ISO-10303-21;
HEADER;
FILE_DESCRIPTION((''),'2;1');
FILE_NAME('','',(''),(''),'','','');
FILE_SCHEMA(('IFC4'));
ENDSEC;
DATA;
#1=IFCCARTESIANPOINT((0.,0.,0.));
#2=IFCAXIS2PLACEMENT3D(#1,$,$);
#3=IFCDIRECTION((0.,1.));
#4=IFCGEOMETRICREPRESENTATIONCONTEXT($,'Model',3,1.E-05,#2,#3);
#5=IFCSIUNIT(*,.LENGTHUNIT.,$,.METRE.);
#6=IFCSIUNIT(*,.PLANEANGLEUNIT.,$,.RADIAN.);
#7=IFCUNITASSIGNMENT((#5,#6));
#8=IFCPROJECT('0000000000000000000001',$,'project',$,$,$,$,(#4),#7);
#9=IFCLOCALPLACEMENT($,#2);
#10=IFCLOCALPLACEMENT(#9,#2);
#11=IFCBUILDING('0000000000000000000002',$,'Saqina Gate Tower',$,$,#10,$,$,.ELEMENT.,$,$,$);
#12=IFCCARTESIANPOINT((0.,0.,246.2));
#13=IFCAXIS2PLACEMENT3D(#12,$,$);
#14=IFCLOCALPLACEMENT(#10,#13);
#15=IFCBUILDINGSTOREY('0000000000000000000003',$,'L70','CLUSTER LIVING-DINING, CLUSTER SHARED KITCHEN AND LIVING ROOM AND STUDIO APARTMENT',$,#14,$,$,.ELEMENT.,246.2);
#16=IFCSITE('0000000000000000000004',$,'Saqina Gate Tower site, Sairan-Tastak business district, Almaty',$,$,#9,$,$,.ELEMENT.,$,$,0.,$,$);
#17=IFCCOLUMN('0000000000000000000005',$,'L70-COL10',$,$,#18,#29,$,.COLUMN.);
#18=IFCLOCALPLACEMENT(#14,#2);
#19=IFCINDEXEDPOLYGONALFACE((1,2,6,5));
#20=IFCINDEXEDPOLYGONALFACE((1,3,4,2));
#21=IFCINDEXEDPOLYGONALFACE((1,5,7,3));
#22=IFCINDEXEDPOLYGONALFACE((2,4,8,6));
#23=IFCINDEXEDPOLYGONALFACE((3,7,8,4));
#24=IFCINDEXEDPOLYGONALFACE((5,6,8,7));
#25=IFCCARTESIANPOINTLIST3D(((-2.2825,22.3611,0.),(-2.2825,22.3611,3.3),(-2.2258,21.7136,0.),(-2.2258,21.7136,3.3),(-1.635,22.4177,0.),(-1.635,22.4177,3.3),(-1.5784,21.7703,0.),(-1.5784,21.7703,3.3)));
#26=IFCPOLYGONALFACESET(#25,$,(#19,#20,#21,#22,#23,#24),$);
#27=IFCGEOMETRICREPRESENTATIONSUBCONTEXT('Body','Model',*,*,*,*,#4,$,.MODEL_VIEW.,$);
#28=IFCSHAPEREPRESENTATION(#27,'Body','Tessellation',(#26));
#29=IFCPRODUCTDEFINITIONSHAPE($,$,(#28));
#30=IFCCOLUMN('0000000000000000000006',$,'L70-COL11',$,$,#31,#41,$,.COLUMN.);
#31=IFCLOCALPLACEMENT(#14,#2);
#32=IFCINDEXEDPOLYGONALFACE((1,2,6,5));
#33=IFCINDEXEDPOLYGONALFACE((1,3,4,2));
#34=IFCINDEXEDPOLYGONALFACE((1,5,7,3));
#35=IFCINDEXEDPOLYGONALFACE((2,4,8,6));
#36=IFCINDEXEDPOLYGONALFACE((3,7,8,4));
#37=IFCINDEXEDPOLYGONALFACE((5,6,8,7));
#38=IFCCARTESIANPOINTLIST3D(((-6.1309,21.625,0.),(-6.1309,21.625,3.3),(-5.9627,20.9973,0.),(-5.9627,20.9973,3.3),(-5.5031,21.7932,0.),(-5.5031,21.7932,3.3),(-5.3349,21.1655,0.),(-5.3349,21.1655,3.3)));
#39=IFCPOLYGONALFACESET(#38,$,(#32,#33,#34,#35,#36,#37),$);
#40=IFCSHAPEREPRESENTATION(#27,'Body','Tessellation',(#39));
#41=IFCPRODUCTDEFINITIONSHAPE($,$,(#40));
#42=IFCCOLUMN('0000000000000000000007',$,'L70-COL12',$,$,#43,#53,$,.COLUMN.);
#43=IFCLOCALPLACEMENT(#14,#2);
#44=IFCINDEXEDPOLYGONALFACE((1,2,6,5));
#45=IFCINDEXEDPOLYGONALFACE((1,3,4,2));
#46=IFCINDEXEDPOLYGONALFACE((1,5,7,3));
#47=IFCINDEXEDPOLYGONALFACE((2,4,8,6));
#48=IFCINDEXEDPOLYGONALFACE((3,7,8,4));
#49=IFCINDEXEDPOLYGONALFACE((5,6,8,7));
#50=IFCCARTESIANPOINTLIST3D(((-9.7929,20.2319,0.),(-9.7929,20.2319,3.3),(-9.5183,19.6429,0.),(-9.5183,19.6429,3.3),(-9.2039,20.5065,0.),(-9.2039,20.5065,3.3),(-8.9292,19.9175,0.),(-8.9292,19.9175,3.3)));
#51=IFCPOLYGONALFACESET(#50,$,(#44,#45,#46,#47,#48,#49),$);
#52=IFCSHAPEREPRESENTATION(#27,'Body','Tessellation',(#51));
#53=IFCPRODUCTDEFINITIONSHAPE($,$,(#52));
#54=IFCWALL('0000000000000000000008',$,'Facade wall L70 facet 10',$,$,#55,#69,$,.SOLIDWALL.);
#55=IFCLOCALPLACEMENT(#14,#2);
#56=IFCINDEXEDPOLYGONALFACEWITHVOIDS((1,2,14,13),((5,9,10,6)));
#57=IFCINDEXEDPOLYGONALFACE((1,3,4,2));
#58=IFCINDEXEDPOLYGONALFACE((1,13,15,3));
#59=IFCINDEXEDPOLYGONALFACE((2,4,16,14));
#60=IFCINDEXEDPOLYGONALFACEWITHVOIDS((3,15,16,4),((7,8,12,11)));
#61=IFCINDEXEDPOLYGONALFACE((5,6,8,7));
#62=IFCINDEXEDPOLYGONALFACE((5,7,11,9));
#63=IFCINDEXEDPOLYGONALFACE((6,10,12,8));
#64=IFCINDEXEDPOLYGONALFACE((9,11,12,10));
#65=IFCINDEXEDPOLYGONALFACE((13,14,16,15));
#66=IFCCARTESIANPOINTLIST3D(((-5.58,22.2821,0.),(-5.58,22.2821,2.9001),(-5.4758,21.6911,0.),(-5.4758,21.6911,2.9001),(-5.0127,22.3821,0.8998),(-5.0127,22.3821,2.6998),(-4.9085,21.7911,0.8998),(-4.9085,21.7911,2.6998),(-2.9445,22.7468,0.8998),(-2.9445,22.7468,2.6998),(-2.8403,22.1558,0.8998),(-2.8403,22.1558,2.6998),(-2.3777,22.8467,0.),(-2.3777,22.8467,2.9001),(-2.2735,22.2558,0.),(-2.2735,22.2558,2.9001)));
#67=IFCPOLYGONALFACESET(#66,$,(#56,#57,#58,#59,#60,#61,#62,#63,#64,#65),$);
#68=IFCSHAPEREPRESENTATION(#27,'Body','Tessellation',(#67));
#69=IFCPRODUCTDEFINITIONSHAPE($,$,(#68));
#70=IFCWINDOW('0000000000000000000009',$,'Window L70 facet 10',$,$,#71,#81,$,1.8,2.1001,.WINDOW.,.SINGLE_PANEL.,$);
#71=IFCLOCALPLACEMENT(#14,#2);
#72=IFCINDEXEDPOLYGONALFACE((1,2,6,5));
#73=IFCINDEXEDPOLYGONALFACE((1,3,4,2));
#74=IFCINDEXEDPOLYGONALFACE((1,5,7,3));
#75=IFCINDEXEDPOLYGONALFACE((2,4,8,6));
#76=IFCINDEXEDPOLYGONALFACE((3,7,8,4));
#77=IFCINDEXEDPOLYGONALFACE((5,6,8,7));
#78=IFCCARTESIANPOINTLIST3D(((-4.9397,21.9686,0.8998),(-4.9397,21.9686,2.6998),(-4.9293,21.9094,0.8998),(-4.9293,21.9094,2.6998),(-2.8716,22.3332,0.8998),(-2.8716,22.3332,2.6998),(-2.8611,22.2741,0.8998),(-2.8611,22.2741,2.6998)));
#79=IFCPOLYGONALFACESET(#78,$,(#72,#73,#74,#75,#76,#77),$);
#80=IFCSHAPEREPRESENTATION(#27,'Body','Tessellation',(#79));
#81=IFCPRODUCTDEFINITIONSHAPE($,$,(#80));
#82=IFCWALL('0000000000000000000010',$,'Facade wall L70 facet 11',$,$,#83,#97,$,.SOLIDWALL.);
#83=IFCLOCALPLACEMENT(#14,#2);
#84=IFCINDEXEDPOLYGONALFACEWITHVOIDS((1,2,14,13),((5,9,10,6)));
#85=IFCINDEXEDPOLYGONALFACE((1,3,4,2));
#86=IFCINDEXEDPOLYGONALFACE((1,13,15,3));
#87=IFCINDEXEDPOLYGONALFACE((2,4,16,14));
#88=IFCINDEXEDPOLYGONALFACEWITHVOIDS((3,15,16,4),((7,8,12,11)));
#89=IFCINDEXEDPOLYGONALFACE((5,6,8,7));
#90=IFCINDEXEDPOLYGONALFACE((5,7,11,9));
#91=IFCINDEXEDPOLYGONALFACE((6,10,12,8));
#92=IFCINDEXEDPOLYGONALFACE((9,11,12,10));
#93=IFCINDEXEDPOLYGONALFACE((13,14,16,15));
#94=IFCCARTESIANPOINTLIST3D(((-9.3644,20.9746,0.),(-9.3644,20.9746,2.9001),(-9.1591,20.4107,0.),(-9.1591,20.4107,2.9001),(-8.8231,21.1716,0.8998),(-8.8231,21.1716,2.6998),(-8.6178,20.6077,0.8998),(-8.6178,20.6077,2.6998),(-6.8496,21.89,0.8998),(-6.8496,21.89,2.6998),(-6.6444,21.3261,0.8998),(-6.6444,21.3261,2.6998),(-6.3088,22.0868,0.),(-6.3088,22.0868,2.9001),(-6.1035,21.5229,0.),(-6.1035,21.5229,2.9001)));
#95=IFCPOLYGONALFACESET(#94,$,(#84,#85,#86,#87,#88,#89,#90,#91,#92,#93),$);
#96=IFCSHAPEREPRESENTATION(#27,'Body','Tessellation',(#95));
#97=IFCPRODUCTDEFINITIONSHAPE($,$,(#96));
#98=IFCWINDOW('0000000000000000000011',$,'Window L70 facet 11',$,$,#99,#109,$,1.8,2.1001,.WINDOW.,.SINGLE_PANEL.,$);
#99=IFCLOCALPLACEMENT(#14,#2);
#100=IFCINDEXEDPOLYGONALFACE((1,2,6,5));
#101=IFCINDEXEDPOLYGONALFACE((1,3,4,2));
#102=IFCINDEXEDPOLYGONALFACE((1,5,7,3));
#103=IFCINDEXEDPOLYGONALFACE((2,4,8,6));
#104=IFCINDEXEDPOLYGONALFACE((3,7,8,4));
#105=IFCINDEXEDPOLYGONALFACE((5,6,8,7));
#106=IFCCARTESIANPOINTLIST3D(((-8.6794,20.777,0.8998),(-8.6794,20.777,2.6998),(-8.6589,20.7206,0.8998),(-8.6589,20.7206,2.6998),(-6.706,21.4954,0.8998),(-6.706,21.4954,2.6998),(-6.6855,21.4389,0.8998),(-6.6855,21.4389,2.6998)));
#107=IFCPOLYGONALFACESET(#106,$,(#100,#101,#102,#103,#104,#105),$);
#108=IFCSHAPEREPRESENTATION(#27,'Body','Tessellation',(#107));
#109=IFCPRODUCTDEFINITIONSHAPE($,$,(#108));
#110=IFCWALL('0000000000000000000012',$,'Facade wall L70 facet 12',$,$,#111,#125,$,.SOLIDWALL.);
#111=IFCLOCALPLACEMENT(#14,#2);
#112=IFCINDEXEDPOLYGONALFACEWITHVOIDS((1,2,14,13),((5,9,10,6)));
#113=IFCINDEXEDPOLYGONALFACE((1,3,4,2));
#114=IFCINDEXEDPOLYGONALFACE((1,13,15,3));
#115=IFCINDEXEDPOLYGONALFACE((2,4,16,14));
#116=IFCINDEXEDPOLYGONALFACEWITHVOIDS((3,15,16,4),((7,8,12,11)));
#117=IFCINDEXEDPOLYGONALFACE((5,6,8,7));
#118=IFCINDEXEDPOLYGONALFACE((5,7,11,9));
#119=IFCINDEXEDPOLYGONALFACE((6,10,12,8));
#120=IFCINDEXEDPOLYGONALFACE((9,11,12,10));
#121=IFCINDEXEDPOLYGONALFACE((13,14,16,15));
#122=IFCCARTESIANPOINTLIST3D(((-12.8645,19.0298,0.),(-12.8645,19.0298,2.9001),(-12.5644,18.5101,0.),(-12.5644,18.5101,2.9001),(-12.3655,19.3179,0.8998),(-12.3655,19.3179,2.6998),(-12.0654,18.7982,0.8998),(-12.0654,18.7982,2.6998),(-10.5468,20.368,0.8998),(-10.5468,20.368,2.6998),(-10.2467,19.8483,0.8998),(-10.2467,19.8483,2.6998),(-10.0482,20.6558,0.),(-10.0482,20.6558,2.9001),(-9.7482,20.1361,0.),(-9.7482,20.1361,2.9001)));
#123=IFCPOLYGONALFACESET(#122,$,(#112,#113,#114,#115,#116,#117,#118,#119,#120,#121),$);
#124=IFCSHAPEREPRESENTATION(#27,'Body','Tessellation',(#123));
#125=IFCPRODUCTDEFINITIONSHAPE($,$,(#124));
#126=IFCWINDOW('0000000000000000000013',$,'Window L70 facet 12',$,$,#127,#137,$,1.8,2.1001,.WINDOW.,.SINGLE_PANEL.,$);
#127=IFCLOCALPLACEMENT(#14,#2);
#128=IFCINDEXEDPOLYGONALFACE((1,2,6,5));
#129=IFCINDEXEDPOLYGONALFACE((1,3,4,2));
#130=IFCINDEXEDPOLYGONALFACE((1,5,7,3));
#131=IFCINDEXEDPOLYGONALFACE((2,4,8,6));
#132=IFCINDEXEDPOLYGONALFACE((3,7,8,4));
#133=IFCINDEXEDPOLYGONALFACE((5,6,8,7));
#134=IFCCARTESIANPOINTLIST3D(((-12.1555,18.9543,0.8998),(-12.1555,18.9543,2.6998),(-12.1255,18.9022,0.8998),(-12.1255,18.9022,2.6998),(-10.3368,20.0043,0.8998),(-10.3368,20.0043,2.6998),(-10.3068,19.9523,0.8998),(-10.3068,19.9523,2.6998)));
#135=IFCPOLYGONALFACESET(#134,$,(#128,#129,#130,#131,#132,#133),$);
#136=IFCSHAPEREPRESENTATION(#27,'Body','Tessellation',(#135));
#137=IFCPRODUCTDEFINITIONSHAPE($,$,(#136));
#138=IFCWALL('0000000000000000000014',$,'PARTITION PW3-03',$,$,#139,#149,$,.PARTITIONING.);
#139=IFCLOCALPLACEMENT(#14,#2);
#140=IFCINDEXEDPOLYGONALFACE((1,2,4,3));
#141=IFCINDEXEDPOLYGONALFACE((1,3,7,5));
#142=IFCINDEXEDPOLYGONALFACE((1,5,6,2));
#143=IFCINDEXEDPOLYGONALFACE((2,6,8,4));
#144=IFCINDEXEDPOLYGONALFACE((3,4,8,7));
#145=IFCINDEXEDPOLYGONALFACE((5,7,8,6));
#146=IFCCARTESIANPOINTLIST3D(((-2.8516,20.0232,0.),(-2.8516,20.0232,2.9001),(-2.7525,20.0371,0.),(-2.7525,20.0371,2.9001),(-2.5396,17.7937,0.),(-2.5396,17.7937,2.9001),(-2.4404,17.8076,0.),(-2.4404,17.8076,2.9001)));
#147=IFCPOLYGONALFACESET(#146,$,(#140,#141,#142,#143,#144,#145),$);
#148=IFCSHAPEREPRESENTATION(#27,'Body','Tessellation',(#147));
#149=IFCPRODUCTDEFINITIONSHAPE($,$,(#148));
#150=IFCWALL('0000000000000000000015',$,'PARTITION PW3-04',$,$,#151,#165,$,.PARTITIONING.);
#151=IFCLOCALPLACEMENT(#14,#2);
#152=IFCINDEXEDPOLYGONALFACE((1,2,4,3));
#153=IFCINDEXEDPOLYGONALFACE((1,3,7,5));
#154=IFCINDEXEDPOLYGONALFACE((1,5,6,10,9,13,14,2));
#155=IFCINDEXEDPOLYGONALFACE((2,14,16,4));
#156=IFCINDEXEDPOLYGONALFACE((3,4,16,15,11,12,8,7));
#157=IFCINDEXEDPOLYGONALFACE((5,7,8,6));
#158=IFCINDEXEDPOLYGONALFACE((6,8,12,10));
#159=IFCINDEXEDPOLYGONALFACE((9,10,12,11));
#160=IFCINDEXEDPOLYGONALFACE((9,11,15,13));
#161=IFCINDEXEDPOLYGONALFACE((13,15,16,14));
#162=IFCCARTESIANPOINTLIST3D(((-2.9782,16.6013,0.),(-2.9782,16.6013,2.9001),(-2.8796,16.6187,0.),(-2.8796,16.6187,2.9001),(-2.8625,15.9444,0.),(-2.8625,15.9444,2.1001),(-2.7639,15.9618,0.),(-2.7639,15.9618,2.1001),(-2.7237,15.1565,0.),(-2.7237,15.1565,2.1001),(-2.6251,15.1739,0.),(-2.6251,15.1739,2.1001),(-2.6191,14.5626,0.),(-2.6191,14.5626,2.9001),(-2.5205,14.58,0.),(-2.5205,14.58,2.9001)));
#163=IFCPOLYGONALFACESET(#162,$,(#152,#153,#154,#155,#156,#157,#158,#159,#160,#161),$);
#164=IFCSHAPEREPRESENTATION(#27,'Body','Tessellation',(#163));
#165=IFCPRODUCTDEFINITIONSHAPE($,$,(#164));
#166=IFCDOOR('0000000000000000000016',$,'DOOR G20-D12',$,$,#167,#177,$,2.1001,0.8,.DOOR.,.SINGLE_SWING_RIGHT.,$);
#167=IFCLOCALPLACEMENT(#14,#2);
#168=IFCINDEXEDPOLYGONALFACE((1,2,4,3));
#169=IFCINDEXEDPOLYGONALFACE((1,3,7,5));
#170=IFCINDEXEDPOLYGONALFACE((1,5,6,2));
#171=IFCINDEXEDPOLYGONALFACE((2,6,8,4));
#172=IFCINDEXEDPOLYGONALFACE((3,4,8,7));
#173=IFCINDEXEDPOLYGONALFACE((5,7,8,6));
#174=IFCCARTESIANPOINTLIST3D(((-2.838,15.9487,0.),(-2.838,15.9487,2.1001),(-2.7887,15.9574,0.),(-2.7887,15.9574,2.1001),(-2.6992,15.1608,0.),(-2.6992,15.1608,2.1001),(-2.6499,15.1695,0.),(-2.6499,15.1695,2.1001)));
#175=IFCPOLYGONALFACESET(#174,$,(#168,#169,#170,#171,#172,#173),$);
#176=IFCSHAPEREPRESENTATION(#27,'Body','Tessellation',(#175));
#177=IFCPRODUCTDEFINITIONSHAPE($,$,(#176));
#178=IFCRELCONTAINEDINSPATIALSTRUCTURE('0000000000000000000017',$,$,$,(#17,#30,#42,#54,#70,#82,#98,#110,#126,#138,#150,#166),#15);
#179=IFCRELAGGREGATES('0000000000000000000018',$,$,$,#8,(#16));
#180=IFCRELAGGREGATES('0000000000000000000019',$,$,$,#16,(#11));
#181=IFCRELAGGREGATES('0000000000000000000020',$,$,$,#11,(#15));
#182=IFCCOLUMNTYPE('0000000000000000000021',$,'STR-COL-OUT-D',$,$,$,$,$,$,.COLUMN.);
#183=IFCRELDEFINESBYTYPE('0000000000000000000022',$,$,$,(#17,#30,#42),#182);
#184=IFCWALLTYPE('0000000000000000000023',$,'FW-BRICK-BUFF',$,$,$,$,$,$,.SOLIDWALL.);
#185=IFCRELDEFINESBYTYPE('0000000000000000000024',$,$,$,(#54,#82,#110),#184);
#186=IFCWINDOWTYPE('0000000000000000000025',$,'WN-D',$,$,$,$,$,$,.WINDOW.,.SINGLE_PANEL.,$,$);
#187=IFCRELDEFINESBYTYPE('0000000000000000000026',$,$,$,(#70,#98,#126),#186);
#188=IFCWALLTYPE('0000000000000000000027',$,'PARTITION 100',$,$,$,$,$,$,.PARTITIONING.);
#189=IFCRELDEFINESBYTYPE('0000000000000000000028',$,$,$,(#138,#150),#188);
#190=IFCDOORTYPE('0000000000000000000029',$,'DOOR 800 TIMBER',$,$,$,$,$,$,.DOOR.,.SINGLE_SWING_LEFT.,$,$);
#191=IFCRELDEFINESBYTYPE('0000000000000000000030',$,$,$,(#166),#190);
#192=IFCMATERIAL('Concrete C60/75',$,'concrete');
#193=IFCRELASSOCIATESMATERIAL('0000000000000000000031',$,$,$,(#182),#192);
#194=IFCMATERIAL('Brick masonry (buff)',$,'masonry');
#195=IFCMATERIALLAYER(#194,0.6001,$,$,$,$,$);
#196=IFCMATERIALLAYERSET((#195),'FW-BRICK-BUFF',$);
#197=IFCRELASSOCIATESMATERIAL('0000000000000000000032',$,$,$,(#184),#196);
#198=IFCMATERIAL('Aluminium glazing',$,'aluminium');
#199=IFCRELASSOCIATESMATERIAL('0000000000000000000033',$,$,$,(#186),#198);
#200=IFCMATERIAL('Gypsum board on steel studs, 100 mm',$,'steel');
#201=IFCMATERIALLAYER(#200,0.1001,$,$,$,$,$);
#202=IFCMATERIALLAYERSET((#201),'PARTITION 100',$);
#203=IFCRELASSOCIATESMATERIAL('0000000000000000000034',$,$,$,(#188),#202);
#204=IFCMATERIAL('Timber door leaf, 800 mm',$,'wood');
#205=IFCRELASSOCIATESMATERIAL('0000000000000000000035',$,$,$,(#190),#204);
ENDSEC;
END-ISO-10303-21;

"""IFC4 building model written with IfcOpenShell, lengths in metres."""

from ifc_helpers import new_model, si_unit, direction, frame, frame_2d, origin, origin_2d, place, context, subcontext, project, spatial, rectangle, extrude, material, layer, layer_set, material_profile, profile_set, type_object, element, fill, save


model = new_model("IFC4")

# Units and contexts
model_context = context("Model", 3, precision=1e-05, world=origin(), true_north=direction((0.0, 1.0)))
body_context = subcontext(model_context, "Body", "Model", "MODEL_VIEW")
ifc_project = project(units=[si_unit("LENGTHUNIT", "METRE"), si_unit("PLANEANGLEUNIT", "RADIAN")], contexts=[model_context])

# Site, building, storey
site_placement = place(None, origin())
site = spatial("IfcSite", under=ifc_project, at=site_placement, Name="Saqina Gate Tower site, Sairan-Tastak business district, Almaty", CompositionType="ELEMENT", RefElevation=0.0)
building_placement = place(site_placement, origin())
building = spatial("IfcBuilding", under=site, at=building_placement, Name="Saqina Gate Tower", CompositionType="ELEMENT")
storey_placement = place(building_placement, frame((0.0, 0.0, 246.2)))
storey = spatial("IfcBuildingStorey", under=building, at=storey_placement, Name="L70", Description="CLUSTER LIVING-DINING, CLUSTER SHARED KITCHEN AND LIVING ROOM AND STUDIO APARTMENT", CompositionType="ELEMENT", Elevation=246.2)

# Columns
ifc_material_1 = material(Name="Concrete C60/75", Category="concrete")
ifc_material_profile = material_profile(ifc_material_1, rectangle(XDim=0.6499, YDim=0.6499, at=origin_2d()), Name="RC 650x650")
ifc_profile_set = profile_set([ifc_material_profile], Name="Concrete C60/75")
column_type = type_object("IfcColumnType", Name="STR-COL-OUT-D", PredefinedType="COLUMN", material=ifc_profile_set)
for number, where, z_axis, x_axis, name in (
    (1, (-1.9304, 22.0657, 0.0), (0.0, 0.0, 1.0), (-0.087156, 0.996195, 0.0), "L70-COL10"),
    (2, (-5.7329, 21.3953, 0.0), (0.0, 0.0, 1.0), (-0.258819, 0.965926, 0.0), "L70-COL11"),
    (3, (-9.3611, 20.0747, 0.0), (0.0, 0.0, 1.0), (-0.422618, 0.906308, 0.0), "L70-COL12"),
):
    element("IfcColumn", number, at=place(storey_placement, frame(where, z_axis=z_axis, x_axis=x_axis)), inside=storey, type_object=column_type, Name=name, PredefinedType="COLUMN", context=body_context, shape_type="SweptSolid", body=[
        extrude(rectangle(XDim=0.6499, YDim=0.6499, at=origin_2d()), origin(), (0.0, 0.0, 1.0), 3.3),
    ])

# Walls, openings, windows
ifc_material_2 = material(Name="Brick masonry (buff)", Category="masonry")
ifc_layer_1 = layer(ifc_material_2, 0.6001)
ifc_layer_set_1 = layer_set([ifc_layer_1], Name="FW-BRICK-BUFF")
wall_type_1 = type_object("IfcWallType", Name="FW-BRICK-BUFF", PredefinedType="SOLIDWALL", material=ifc_layer_set_1)
wall_1_placement = place(storey_placement, frame((-2.3254, 22.5513, 0.0), z_axis=(0.0, 0.0, 1.0), x_axis=(-0.984806, -0.173657, 0.0)))
wall_1 = element("IfcWall", 4, at=wall_1_placement, inside=storey, type_object=wall_type_1, Name="Facade wall L70 facet 10", PredefinedType="SOLIDWALL", context=body_context, shape_type="SweptSolid", body=[
    extrude(rectangle(XDim=3.2517, YDim=0.6001, at=frame_2d((1.626, 0.0))), origin(), (0.0, 0.0, 1.0), 2.9001),
])
opening_1_placement = place(wall_1_placement, frame((0.5757, 0.0, 0.8999)))
opening_1 = element("IfcOpeningElement", 5, at=opening_1_placement, cuts=wall_1, PredefinedType="OPENING", context=body_context, shape_type="SweptSolid", body=[
    extrude(rectangle(XDim=2.1001, YDim=1.8, at=frame_2d((1.05, 0.8999))), frame((0.0, 0.312, 0.0), z_axis=(0.0, -1.0, 0.0), x_axis=(1.0, 0.0, 0.0)), (0.0, 0.0, 1.0), 0.624),
])
ifc_material_3 = material(Name="Aluminium glazing", Category="aluminium")
window_type = type_object("IfcWindowType", Name="WN-D", PartitioningType="SINGLE_PANEL", PredefinedType="WINDOW", material=ifc_material_3)
window_1_placement = place(opening_1_placement, origin())
window_1 = element("IfcWindow", 6, at=window_1_placement, inside=storey, type_object=window_type, Name="Window L70 facet 10", OverallHeight=1.8, OverallWidth=2.1001, PartitioningType="SINGLE_PANEL", PredefinedType="WINDOW", context=body_context, shape_type="SweptSolid", body=[
    extrude(rectangle(XDim=2.1001, YDim=1.8, at=frame_2d((1.05, 0.8999))), frame((0.0, 0.1799, 0.0), z_axis=(0.0, -1.0, 0.0), x_axis=(1.0, 0.0, 0.0)), (0.0, 0.0, 1.0), 0.0601),
])
fill(opening_1, window_1)
wall_2_placement = place(storey_placement, frame((-6.2061, 21.8049, 0.0), z_axis=(0.0, 0.0, 1.0), x_axis=(-0.939679, -0.342057, 0.0)))
wall_2 = element("IfcWall", 7, at=wall_2_placement, inside=storey, type_object=wall_type_1, Name="Facade wall L70 facet 11", PredefinedType="SOLIDWALL", context=body_context, shape_type="SweptSolid", body=[
    extrude(rectangle(XDim=3.2517, YDim=0.6001, at=frame_2d((1.626, 0.0))), origin(), (0.0, 0.0, 1.0), 2.9001),
])
opening_2_placement = place(wall_2_placement, frame((0.5757, 0.0, 0.8999)))
opening_2 = element("IfcOpeningElement", 8, at=opening_2_placement, cuts=wall_2, PredefinedType="OPENING", context=body_context, shape_type="SweptSolid", body=[
    extrude(rectangle(XDim=2.1001, YDim=1.8, at=frame_2d((1.05, 0.8999))), frame((0.0, 0.312, 0.0), z_axis=(0.0, -1.0, 0.0), x_axis=(1.0, 0.0, 0.0)), (0.0, 0.0, 1.0), 0.624),
])
window_2_placement = place(opening_2_placement, origin())
window_2 = element("IfcWindow", 9, at=window_2_placement, inside=storey, type_object=window_type, Name="Window L70 facet 11", OverallHeight=1.8, OverallWidth=2.1001, PartitioningType="SINGLE_PANEL", PredefinedType="WINDOW", context=body_context, shape_type="SweptSolid", body=[
    extrude(rectangle(XDim=2.1001, YDim=1.8, at=frame_2d((1.05, 0.8999))), frame((0.0, 0.1799, 0.0), z_axis=(0.0, -1.0, 0.0), x_axis=(1.0, 0.0, 0.0)), (0.0, 0.0, 1.0), 0.0601),
])
fill(opening_2, window_2)
wall_3_placement = place(storey_placement, frame((-9.8982, 20.396, 0.0), z_axis=(0.0, 0.0, 1.0), x_axis=(-0.866017, -0.500015, 0.0)))
wall_3 = element("IfcWall", 10, at=wall_3_placement, inside=storey, type_object=wall_type_1, Name="Facade wall L70 facet 12", PredefinedType="SOLIDWALL", context=body_context, shape_type="SweptSolid", body=[
    extrude(rectangle(XDim=3.252, YDim=0.6001, at=frame_2d((1.626, 0.0))), origin(), (0.0, 0.0, 1.0), 2.9001),
])
opening_3_placement = place(wall_3_placement, frame((0.5757, 0.0, 0.8999)))
opening_3 = element("IfcOpeningElement", 11, at=opening_3_placement, cuts=wall_3, PredefinedType="OPENING", context=body_context, shape_type="SweptSolid", body=[
    extrude(rectangle(XDim=2.1001, YDim=1.8, at=frame_2d((1.05, 0.8999))), frame((0.0, 0.312, 0.0), z_axis=(0.0, -1.0, 0.0), x_axis=(1.0, 0.0, 0.0)), (0.0, 0.0, 1.0), 0.624),
])
window_3_placement = place(opening_3_placement, origin())
window_3 = element("IfcWindow", 12, at=window_3_placement, inside=storey, type_object=window_type, Name="Window L70 facet 12", OverallHeight=1.8, OverallWidth=2.1001, PartitioningType="SINGLE_PANEL", PredefinedType="WINDOW", context=body_context, shape_type="SweptSolid", body=[
    extrude(rectangle(XDim=2.1001, YDim=1.8, at=frame_2d((1.05, 0.8999))), frame((0.0, 0.1799, 0.0), z_axis=(0.0, -1.0, 0.0), x_axis=(1.0, 0.0, 0.0)), (0.0, 0.0, 1.0), 0.0601),
])
fill(opening_3, window_3)

# Wall
ifc_material_4 = material(Name="Gypsum board on steel studs, 100 mm", Category="steel")
ifc_layer_2 = layer(ifc_material_4, 0.1001)
ifc_layer_set_2 = layer_set([ifc_layer_2], Name="PARTITION 100")
wall_type_2 = type_object("IfcWallType", Name="PARTITION 100", PredefinedType="PARTITIONING", material=ifc_layer_set_2)
wall_4_placement = place(storey_placement, frame((-2.802, 20.03, 0.0), z_axis=(0.0, 0.0, 1.0), x_axis=(0.138597, -0.990349, 0.0)))
element("IfcWall", 13, at=wall_4_placement, inside=storey, type_object=wall_type_2, Name="PARTITION PW3-03", PredefinedType="PARTITIONING", context=body_context, shape_type="SweptSolid", body=[
    extrude(rectangle(XDim=2.2512, YDim=0.1001, at=frame_2d((1.1255, 0.0))), origin(), (0.0, 0.0, 1.0), 2.9001),
])

# Wall, opening, door
wall_5_placement = place(storey_placement, frame((-2.929, 16.6101, 0.0), z_axis=(0.0, 0.0, 1.0), x_axis=(0.173496, -0.984835, 0.0)))
wall_5 = element("IfcWall", 14, at=wall_5_placement, inside=storey, type_object=wall_type_2, Name="PARTITION PW3-04", PredefinedType="PARTITIONING", context=body_context, shape_type="SweptSolid", body=[
    extrude(rectangle(XDim=2.0701, YDim=0.1001, at=frame_2d((1.0352, 0.0))), origin(), (0.0, 0.0, 1.0), 2.9001),
])
opening_4_placement = place(wall_5_placement, frame((0.6672, 0.0, 0.0)))
opening_4 = element("IfcOpeningElement", 15, at=opening_4_placement, cuts=wall_5, PredefinedType="OPENING", context=body_context, shape_type="SweptSolid", body=[
    extrude(rectangle(XDim=0.8, YDim=2.1001, at=frame_2d((0.3999, 1.05))), frame((0.0, 0.062, 0.0), z_axis=(0.0, -1.0, 0.0), x_axis=(1.0, 0.0, 0.0)), (0.0, 0.0, 1.0), 0.124),
])
ifc_material_5 = material(Name="Timber door leaf, 800 mm", Category="wood")
door_type_1 = type_object("IfcDoorType", Name="DOOR 800 TIMBER", OperationType="SINGLE_SWING_LEFT", PredefinedType="DOOR", material=ifc_material_5)
door_1_placement = place(opening_4_placement, origin())
door_1 = element("IfcDoor", 16, at=door_1_placement, inside=storey, type_object=door_type_1, Name="DOOR G20-D12", OperationType="SINGLE_SWING_RIGHT", OverallHeight=2.1001, OverallWidth=0.8, PredefinedType="DOOR", context=body_context, shape_type="SweptSolid", body=[
    extrude(rectangle(XDim=0.8, YDim=2.1001, at=frame_2d((0.3999, 1.05))), frame((0.0, 0.0249, 0.0), z_axis=(0.0, -1.0, 0.0), x_axis=(1.0, 0.0, 0.0)), (0.0, 0.0, 1.0), 0.05),
])
fill(opening_4, door_1)

save(model, "model.ifc")
